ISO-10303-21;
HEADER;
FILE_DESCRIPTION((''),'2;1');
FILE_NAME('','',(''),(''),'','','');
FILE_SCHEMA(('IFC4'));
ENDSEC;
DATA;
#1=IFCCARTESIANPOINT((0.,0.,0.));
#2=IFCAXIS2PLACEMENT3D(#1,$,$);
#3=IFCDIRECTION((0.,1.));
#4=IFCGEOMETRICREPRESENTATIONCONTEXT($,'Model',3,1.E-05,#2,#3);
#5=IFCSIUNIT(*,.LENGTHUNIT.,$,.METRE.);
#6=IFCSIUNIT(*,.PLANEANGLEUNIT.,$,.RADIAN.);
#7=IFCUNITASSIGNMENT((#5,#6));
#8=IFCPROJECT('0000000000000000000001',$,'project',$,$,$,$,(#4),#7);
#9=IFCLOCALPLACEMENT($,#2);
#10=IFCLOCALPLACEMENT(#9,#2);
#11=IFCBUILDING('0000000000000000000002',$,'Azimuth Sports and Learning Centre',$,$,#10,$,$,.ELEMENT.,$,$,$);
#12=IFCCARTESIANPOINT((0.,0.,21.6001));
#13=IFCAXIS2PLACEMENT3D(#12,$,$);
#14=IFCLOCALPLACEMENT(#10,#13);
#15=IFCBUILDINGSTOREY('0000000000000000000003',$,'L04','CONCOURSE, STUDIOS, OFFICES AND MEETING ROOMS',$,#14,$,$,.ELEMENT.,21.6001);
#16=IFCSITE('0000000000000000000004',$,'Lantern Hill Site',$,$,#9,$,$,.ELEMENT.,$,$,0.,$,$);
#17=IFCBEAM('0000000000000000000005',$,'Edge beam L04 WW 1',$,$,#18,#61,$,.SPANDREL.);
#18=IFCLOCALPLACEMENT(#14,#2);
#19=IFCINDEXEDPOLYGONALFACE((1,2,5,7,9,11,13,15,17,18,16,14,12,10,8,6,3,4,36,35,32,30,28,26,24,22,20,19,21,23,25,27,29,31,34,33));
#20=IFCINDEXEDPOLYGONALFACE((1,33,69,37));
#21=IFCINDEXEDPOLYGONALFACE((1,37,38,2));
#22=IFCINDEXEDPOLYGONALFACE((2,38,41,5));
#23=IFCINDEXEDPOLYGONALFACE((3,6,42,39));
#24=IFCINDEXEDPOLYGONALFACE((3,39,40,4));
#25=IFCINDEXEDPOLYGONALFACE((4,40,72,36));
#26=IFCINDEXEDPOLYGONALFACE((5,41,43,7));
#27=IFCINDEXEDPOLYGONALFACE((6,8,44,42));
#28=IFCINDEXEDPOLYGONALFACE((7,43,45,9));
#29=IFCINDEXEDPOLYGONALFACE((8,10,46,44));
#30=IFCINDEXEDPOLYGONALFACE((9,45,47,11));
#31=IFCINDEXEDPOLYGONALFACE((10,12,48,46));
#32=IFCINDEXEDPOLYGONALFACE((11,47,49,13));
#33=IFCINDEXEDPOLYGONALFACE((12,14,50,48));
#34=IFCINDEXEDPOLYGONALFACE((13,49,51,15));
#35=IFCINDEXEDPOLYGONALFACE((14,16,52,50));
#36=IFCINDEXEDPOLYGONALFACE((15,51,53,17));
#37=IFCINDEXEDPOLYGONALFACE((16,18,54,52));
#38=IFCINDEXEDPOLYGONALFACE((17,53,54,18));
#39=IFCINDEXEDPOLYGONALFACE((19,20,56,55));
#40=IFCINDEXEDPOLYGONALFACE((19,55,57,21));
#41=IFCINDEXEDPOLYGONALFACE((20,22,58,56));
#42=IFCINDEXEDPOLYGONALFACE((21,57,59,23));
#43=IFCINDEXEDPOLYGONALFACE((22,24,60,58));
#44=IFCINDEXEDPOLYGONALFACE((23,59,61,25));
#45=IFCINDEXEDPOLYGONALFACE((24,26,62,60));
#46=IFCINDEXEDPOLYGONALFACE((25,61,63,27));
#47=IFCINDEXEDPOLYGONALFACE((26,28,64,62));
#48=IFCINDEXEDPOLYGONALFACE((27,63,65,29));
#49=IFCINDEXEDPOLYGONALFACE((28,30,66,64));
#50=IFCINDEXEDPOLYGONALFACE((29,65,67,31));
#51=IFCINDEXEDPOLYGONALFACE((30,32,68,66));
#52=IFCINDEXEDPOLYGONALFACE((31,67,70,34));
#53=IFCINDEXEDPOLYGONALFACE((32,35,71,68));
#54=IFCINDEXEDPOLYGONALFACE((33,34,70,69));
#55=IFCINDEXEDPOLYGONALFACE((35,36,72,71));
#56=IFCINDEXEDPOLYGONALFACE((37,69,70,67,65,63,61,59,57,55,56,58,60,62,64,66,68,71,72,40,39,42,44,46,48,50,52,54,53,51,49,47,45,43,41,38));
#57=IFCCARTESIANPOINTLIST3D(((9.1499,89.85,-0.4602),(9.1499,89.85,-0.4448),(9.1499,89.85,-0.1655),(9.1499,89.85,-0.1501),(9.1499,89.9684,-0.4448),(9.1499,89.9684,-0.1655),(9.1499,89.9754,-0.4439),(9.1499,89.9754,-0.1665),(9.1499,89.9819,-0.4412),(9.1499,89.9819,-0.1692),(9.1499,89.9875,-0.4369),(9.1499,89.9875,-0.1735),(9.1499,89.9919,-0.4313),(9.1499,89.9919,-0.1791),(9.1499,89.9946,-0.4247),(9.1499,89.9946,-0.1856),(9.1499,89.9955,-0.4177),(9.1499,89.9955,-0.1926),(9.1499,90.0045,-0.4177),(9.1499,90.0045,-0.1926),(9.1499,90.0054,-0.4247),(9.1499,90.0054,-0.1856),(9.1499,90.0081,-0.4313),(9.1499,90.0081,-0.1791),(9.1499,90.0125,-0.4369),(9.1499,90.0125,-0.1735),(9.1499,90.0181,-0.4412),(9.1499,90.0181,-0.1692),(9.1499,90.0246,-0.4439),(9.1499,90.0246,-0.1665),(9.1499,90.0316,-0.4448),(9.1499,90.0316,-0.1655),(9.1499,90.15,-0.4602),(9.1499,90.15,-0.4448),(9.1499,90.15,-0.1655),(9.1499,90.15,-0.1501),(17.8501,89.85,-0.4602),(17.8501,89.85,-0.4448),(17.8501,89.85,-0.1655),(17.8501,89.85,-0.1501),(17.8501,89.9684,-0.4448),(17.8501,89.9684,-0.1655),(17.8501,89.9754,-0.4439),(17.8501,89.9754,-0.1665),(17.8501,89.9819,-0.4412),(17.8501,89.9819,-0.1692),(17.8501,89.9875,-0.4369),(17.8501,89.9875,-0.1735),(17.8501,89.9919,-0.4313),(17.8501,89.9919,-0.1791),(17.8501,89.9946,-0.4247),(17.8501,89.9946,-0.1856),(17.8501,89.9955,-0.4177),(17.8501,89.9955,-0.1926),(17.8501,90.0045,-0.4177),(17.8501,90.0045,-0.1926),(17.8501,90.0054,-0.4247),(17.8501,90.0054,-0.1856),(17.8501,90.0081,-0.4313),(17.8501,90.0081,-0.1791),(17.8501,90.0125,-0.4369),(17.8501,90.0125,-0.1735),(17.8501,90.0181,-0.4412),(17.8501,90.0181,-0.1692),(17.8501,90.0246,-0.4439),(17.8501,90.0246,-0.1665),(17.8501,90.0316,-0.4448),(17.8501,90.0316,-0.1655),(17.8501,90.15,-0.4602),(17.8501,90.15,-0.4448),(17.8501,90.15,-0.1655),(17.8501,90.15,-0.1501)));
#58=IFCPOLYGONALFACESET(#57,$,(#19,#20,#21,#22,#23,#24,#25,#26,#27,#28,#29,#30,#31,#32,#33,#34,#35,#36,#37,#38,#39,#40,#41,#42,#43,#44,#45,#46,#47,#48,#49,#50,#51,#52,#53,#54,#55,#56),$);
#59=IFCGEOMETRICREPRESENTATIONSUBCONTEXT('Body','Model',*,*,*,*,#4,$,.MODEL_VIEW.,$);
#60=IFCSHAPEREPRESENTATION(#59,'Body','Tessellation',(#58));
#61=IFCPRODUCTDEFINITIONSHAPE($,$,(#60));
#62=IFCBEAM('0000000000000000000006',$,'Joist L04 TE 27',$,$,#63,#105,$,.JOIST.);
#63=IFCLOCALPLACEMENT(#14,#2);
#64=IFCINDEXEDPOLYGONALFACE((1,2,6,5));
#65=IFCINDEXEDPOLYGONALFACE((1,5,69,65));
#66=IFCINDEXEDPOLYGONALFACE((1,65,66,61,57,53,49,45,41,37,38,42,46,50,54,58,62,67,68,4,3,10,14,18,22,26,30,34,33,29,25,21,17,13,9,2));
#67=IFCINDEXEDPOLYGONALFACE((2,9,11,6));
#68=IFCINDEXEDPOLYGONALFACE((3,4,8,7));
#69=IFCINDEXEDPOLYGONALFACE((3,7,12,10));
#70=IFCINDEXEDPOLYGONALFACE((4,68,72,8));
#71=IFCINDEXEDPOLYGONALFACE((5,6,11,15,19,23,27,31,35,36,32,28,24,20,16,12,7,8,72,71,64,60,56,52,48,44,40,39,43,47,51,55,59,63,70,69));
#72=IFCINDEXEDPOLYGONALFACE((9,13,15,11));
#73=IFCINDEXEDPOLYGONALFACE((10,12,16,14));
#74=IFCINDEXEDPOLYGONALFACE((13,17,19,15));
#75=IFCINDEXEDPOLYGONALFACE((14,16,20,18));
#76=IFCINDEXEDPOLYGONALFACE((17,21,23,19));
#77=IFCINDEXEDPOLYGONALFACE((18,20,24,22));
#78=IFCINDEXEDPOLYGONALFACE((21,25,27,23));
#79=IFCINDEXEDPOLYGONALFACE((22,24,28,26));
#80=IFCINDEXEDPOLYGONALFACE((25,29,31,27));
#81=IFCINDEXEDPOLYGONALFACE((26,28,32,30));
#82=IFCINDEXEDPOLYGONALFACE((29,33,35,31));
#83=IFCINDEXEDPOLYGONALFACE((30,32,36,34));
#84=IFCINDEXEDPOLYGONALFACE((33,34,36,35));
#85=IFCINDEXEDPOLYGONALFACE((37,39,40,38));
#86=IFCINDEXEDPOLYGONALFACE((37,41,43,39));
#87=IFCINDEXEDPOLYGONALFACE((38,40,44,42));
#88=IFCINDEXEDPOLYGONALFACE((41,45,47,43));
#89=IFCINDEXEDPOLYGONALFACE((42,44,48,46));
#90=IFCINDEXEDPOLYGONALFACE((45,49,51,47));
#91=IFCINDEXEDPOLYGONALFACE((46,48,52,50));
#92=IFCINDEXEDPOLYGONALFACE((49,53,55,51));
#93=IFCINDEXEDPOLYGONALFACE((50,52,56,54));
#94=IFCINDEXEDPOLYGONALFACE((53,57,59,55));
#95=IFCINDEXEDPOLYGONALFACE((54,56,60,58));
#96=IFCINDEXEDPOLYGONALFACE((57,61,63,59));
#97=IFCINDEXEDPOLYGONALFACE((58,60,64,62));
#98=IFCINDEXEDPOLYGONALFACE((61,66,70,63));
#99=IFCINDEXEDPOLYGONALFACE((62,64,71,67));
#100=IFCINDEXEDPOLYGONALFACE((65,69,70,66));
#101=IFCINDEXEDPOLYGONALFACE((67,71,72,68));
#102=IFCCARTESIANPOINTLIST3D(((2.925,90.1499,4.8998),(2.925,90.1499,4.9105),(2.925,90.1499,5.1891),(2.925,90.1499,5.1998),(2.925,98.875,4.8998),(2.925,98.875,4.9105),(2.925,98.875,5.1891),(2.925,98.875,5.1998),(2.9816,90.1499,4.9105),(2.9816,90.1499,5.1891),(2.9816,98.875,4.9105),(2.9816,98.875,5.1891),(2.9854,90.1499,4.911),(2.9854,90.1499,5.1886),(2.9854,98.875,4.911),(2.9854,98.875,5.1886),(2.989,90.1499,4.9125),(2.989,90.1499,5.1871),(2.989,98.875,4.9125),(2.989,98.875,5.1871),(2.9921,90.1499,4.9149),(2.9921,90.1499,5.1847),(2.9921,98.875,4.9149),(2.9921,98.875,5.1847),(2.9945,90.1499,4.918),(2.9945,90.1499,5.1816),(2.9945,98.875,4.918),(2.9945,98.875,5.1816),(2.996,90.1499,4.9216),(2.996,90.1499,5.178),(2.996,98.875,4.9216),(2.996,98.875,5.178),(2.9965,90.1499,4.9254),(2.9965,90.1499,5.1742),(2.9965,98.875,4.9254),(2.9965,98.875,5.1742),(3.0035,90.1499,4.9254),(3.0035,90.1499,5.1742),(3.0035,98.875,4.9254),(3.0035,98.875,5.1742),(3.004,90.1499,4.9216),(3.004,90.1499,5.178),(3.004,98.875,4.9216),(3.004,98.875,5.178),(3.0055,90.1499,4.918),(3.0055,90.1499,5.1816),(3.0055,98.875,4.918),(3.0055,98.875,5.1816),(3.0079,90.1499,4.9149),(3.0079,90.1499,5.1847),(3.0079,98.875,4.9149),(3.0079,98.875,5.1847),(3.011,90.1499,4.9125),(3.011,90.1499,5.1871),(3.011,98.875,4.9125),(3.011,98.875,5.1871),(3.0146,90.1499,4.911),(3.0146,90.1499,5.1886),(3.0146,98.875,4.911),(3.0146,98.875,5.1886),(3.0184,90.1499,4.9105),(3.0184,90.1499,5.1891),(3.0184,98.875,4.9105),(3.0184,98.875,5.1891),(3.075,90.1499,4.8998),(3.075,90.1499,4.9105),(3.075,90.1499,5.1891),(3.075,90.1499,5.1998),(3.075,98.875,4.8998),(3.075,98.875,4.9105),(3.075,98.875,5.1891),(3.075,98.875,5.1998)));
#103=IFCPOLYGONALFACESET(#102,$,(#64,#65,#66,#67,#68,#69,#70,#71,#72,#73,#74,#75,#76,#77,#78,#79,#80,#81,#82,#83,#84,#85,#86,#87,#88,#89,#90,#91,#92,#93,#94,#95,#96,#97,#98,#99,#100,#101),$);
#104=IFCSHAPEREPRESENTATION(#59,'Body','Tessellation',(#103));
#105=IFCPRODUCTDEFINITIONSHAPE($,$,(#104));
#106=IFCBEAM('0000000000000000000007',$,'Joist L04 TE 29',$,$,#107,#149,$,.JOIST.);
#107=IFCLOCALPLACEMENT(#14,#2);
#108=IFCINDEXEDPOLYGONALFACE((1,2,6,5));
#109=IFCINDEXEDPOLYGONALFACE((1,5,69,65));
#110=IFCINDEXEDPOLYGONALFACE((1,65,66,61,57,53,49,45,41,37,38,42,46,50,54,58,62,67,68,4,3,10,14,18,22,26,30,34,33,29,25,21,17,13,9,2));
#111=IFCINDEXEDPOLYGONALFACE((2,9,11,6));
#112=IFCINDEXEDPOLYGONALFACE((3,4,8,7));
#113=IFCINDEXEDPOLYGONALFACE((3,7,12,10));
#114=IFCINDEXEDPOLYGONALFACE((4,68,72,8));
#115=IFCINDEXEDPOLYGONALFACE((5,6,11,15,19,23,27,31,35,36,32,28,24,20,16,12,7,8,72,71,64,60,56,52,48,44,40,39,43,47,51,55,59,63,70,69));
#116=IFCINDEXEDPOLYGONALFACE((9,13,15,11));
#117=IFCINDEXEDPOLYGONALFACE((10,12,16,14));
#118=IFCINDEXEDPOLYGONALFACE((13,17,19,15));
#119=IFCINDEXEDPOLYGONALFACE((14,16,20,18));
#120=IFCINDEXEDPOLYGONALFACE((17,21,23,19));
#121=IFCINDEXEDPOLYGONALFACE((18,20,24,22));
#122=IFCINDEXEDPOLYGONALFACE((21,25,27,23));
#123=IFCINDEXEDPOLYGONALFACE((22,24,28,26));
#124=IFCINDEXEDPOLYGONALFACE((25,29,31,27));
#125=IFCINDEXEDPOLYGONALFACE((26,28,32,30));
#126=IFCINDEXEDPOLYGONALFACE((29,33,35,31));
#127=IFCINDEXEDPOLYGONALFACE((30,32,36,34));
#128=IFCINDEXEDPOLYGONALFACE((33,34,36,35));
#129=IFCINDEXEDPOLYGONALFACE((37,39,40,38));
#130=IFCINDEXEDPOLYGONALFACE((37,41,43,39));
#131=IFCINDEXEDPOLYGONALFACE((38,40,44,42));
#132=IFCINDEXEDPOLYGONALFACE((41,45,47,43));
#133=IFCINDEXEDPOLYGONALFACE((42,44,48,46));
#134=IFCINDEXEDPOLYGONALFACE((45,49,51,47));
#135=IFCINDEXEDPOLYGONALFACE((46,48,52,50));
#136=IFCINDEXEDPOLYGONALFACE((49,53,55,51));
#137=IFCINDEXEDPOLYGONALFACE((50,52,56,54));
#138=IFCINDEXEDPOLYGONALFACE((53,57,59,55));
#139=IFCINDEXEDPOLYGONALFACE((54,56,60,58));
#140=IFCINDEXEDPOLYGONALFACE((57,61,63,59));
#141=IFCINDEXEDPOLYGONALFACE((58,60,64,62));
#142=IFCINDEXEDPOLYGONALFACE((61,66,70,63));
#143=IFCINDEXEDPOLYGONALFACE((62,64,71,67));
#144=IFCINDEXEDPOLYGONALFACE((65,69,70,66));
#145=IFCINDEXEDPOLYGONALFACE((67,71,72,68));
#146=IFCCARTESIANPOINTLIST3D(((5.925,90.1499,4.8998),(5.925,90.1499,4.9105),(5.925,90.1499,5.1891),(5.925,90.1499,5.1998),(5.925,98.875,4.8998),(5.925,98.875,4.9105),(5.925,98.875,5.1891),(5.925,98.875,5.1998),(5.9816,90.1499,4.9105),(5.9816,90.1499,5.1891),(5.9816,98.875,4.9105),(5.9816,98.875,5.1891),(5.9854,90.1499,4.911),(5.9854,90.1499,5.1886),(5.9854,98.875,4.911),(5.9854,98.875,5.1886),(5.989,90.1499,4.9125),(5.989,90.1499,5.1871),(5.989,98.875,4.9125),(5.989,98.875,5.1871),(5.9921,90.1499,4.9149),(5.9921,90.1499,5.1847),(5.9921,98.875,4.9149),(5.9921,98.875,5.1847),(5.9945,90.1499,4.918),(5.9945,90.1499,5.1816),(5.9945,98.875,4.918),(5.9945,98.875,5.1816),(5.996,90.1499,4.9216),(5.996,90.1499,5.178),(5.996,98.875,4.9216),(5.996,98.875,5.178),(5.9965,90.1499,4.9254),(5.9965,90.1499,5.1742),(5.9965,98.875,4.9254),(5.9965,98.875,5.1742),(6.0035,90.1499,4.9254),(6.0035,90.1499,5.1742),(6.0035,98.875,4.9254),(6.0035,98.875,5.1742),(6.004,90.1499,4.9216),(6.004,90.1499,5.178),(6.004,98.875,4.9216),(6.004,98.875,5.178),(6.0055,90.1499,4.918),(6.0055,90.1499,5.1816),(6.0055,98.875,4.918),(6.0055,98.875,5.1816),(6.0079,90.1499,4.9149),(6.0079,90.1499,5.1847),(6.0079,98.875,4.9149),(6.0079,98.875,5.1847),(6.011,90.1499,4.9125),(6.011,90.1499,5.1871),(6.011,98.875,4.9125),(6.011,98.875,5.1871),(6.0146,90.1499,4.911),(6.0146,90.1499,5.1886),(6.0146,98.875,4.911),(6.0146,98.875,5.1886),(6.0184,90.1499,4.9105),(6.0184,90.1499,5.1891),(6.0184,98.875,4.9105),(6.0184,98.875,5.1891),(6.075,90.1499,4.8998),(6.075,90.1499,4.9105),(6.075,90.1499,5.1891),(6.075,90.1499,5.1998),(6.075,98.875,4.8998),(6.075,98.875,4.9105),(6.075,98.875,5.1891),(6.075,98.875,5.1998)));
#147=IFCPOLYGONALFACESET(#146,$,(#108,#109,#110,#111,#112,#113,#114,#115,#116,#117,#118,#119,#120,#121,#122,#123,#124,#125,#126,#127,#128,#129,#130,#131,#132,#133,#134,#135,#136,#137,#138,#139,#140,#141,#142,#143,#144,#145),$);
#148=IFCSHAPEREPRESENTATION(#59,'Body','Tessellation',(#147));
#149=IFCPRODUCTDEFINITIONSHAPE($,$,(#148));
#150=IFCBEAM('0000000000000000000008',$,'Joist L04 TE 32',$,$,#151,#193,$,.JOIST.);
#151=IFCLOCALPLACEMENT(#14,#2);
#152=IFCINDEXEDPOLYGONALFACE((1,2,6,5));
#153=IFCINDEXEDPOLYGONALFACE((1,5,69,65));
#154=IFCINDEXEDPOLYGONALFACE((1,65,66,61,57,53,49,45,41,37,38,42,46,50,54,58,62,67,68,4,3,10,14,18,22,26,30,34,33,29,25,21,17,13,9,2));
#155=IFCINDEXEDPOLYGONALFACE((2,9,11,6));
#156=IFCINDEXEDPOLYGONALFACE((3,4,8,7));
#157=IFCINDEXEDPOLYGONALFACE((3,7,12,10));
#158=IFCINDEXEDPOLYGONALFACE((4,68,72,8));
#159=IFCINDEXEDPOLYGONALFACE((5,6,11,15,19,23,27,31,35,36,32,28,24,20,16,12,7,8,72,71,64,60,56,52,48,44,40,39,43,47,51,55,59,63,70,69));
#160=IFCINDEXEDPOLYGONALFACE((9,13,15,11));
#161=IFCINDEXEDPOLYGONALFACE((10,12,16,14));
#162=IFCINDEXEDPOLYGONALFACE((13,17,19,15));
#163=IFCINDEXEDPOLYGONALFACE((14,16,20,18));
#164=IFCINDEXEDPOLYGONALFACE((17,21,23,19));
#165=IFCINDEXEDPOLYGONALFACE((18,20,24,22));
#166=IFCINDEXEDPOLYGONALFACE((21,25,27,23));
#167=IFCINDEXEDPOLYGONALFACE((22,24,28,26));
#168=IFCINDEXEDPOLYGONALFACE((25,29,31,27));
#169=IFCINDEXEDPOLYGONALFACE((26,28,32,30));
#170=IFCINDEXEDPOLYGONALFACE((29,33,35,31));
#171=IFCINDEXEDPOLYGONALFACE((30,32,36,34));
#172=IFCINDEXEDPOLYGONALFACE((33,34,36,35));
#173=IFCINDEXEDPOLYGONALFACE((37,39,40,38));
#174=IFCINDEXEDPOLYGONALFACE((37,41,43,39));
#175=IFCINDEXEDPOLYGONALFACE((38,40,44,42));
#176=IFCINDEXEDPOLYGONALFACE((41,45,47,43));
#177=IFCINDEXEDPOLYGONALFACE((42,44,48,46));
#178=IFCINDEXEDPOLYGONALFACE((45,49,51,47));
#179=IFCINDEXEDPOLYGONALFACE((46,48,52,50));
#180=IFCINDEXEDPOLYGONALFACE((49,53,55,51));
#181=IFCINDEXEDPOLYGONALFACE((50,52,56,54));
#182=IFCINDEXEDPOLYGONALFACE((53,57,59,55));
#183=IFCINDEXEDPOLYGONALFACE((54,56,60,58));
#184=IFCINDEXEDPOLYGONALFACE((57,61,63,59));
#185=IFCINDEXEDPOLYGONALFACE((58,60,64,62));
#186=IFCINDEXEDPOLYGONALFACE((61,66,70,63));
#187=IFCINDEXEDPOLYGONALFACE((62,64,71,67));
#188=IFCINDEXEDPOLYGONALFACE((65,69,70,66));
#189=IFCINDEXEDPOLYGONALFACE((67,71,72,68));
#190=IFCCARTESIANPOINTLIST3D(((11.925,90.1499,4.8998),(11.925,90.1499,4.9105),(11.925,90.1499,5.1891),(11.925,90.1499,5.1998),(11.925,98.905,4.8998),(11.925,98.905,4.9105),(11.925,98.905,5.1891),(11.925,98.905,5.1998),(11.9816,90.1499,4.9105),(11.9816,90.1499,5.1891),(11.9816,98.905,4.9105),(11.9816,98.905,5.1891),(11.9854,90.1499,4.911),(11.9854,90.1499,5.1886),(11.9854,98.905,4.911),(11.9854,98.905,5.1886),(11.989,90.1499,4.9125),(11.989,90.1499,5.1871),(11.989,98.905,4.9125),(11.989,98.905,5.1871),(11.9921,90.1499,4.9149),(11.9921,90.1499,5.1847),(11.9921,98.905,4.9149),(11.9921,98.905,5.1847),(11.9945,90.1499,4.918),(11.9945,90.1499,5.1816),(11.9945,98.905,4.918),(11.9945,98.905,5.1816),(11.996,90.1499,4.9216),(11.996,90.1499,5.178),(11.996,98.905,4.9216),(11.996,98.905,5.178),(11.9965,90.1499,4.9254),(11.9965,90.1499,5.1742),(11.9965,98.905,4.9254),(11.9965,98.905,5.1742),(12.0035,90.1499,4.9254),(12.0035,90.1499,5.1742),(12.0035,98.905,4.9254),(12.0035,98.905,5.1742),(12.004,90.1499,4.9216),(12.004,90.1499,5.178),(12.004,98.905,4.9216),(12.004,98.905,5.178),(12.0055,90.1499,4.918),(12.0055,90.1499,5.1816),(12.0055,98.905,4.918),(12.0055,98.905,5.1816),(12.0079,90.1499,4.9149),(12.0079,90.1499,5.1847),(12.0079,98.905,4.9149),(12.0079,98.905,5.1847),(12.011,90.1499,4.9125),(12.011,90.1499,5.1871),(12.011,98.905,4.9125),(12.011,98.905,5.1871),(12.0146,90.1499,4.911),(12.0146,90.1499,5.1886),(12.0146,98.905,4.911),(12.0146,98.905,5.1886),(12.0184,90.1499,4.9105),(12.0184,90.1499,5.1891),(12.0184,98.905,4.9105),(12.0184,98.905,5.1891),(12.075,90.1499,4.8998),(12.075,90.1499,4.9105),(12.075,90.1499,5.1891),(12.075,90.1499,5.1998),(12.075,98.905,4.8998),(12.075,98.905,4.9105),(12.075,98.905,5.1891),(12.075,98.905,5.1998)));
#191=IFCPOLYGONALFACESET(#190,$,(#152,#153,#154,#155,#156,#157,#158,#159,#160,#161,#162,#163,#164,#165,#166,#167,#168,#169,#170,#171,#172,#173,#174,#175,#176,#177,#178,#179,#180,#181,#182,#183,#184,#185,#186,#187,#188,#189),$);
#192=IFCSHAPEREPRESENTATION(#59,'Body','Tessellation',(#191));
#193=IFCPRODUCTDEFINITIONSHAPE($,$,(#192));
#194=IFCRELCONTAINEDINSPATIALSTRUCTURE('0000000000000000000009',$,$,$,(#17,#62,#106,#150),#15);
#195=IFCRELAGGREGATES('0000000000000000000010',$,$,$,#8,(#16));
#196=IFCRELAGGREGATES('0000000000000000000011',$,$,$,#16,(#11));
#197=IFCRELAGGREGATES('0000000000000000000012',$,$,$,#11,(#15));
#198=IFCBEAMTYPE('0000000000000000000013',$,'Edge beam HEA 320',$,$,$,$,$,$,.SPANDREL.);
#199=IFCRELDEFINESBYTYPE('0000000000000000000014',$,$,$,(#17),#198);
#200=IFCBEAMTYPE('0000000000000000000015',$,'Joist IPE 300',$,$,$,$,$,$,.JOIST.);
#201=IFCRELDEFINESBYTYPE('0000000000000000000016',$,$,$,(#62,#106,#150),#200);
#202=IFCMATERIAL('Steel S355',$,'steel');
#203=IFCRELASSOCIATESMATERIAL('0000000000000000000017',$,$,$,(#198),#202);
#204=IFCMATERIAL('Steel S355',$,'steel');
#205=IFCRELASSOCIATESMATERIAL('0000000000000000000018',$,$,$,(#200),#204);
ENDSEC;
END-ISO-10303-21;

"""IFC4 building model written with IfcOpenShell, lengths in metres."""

from ifc_helpers import new_model, si_unit, direction, frame, origin, origin_2d, place, context, subcontext, project, spatial, i_section, extrude, material, material_profile, profile_set, type_object, element, save


model = new_model("IFC4")

# Units and contexts
model_context = context("Model", 3, precision=1e-05, world=origin(), true_north=direction((0.0, 1.0)))
body_context = subcontext(model_context, "Body", "Model", "MODEL_VIEW")
ifc_project = project(units=[si_unit("LENGTHUNIT", "METRE"), si_unit("PLANEANGLEUNIT", "RADIAN")], contexts=[model_context])

# Site, building, storey
site_placement = place(None, origin())
site = spatial("IfcSite", under=ifc_project, at=site_placement, Name="Lantern Hill Site", CompositionType="ELEMENT", RefElevation=0.0)
building_placement = place(site_placement, origin())
building = spatial("IfcBuilding", under=site, at=building_placement, Name="Azimuth Sports and Learning Centre", CompositionType="ELEMENT")
storey_placement = place(building_placement, frame((0.0, 0.0, 21.6001)))
storey = spatial("IfcBuildingStorey", under=building, at=storey_placement, Name="L04", Description="CONCOURSE, STUDIOS, OFFICES AND MEETING ROOMS", CompositionType="ELEMENT", Elevation=21.6001)

# Beams
ifc_material_1 = material(Name="Steel S355", Category="steel")
ifc_material_profile_1 = material_profile(ifc_material_1, i_section(OverallWidth=0.3, OverallDepth=0.3101, WebThickness=0.009, FlangeThickness=0.0154, FilletRadius=0.0271, at=origin_2d()), Name="HEA 320")
ifc_profile_set_1 = profile_set([ifc_material_profile_1], Name="Steel S355")
beam_type_1 = type_object("IfcBeamType", Name="Edge beam HEA 320", PredefinedType="SPANDREL", material=ifc_profile_set_1)
beam_1_placement = place(storey_placement, frame((9.1499, 90.0, -0.3052), z_axis=(1.0, 0.0, 0.0), x_axis=(0.0, 1.0, 0.0)))
element("IfcBeam", 1, at=beam_1_placement, inside=storey, type_object=beam_type_1, Name="Edge beam L04 WW 1", PredefinedType="SPANDREL", context=body_context, shape_type="SweptSolid", body=[
    extrude(i_section(OverallWidth=0.3, OverallDepth=0.3101, WebThickness=0.009, FlangeThickness=0.0154, FilletRadius=0.0271, at=origin_2d()), origin(), (0.0, 0.0, 1.0), 8.7002),
])
ifc_material_2 = material(Name="Steel S355", Category="steel")
ifc_material_profile_2 = material_profile(ifc_material_2, i_section(OverallWidth=0.1499, OverallDepth=0.3, WebThickness=0.0071, FlangeThickness=0.0107, FilletRadius=0.0149, at=origin_2d()), Name="IPE 300")
ifc_profile_set_2 = profile_set([ifc_material_profile_2], Name="Steel S355")
beam_type_2 = type_object("IfcBeamType", Name="Joist IPE 300", PredefinedType="JOIST", material=ifc_profile_set_2)
for number, where, z_axis, x_axis, name in (
    (2, (3.0, 90.1499, 5.0498), (0.0, 1.0, 0.0), (-1.0, 0.0, 0.0), "Joist L04 TE 27"),
    (3, (6.0, 90.1499, 5.0498), (0.0, 1.0, 0.0), (-1.0, 0.0, 0.0), "Joist L04 TE 29"),
):
    element("IfcBeam", number, at=place(storey_placement, frame(where, z_axis=z_axis, x_axis=x_axis)), inside=storey, type_object=beam_type_2, Name=name, PredefinedType="JOIST", context=body_context, shape_type="SweptSolid", body=[
        extrude(i_section(OverallWidth=0.1499, OverallDepth=0.3, WebThickness=0.0071, FlangeThickness=0.0107, FilletRadius=0.0149, at=origin_2d()), origin(), (0.0, 0.0, 1.0), 8.7251),
    ])
for number, where, z_axis, x_axis, name in (
    (4, (12.0, 90.1499, 5.0498), (0.0, 1.0, 0.0), (-1.0, 0.0, 0.0), "Joist L04 TE 32"),
):
    element("IfcBeam", number, at=place(storey_placement, frame(where, z_axis=z_axis, x_axis=x_axis)), inside=storey, type_object=beam_type_2, Name=name, PredefinedType="JOIST", context=body_context, shape_type="SweptSolid", body=[
        extrude(i_section(OverallWidth=0.1499, OverallDepth=0.3, WebThickness=0.0071, FlangeThickness=0.0107, FilletRadius=0.0149, at=origin_2d()), origin(), (0.0, 0.0, 1.0), 8.7551),
    ])

save(model, "model.ifc")
